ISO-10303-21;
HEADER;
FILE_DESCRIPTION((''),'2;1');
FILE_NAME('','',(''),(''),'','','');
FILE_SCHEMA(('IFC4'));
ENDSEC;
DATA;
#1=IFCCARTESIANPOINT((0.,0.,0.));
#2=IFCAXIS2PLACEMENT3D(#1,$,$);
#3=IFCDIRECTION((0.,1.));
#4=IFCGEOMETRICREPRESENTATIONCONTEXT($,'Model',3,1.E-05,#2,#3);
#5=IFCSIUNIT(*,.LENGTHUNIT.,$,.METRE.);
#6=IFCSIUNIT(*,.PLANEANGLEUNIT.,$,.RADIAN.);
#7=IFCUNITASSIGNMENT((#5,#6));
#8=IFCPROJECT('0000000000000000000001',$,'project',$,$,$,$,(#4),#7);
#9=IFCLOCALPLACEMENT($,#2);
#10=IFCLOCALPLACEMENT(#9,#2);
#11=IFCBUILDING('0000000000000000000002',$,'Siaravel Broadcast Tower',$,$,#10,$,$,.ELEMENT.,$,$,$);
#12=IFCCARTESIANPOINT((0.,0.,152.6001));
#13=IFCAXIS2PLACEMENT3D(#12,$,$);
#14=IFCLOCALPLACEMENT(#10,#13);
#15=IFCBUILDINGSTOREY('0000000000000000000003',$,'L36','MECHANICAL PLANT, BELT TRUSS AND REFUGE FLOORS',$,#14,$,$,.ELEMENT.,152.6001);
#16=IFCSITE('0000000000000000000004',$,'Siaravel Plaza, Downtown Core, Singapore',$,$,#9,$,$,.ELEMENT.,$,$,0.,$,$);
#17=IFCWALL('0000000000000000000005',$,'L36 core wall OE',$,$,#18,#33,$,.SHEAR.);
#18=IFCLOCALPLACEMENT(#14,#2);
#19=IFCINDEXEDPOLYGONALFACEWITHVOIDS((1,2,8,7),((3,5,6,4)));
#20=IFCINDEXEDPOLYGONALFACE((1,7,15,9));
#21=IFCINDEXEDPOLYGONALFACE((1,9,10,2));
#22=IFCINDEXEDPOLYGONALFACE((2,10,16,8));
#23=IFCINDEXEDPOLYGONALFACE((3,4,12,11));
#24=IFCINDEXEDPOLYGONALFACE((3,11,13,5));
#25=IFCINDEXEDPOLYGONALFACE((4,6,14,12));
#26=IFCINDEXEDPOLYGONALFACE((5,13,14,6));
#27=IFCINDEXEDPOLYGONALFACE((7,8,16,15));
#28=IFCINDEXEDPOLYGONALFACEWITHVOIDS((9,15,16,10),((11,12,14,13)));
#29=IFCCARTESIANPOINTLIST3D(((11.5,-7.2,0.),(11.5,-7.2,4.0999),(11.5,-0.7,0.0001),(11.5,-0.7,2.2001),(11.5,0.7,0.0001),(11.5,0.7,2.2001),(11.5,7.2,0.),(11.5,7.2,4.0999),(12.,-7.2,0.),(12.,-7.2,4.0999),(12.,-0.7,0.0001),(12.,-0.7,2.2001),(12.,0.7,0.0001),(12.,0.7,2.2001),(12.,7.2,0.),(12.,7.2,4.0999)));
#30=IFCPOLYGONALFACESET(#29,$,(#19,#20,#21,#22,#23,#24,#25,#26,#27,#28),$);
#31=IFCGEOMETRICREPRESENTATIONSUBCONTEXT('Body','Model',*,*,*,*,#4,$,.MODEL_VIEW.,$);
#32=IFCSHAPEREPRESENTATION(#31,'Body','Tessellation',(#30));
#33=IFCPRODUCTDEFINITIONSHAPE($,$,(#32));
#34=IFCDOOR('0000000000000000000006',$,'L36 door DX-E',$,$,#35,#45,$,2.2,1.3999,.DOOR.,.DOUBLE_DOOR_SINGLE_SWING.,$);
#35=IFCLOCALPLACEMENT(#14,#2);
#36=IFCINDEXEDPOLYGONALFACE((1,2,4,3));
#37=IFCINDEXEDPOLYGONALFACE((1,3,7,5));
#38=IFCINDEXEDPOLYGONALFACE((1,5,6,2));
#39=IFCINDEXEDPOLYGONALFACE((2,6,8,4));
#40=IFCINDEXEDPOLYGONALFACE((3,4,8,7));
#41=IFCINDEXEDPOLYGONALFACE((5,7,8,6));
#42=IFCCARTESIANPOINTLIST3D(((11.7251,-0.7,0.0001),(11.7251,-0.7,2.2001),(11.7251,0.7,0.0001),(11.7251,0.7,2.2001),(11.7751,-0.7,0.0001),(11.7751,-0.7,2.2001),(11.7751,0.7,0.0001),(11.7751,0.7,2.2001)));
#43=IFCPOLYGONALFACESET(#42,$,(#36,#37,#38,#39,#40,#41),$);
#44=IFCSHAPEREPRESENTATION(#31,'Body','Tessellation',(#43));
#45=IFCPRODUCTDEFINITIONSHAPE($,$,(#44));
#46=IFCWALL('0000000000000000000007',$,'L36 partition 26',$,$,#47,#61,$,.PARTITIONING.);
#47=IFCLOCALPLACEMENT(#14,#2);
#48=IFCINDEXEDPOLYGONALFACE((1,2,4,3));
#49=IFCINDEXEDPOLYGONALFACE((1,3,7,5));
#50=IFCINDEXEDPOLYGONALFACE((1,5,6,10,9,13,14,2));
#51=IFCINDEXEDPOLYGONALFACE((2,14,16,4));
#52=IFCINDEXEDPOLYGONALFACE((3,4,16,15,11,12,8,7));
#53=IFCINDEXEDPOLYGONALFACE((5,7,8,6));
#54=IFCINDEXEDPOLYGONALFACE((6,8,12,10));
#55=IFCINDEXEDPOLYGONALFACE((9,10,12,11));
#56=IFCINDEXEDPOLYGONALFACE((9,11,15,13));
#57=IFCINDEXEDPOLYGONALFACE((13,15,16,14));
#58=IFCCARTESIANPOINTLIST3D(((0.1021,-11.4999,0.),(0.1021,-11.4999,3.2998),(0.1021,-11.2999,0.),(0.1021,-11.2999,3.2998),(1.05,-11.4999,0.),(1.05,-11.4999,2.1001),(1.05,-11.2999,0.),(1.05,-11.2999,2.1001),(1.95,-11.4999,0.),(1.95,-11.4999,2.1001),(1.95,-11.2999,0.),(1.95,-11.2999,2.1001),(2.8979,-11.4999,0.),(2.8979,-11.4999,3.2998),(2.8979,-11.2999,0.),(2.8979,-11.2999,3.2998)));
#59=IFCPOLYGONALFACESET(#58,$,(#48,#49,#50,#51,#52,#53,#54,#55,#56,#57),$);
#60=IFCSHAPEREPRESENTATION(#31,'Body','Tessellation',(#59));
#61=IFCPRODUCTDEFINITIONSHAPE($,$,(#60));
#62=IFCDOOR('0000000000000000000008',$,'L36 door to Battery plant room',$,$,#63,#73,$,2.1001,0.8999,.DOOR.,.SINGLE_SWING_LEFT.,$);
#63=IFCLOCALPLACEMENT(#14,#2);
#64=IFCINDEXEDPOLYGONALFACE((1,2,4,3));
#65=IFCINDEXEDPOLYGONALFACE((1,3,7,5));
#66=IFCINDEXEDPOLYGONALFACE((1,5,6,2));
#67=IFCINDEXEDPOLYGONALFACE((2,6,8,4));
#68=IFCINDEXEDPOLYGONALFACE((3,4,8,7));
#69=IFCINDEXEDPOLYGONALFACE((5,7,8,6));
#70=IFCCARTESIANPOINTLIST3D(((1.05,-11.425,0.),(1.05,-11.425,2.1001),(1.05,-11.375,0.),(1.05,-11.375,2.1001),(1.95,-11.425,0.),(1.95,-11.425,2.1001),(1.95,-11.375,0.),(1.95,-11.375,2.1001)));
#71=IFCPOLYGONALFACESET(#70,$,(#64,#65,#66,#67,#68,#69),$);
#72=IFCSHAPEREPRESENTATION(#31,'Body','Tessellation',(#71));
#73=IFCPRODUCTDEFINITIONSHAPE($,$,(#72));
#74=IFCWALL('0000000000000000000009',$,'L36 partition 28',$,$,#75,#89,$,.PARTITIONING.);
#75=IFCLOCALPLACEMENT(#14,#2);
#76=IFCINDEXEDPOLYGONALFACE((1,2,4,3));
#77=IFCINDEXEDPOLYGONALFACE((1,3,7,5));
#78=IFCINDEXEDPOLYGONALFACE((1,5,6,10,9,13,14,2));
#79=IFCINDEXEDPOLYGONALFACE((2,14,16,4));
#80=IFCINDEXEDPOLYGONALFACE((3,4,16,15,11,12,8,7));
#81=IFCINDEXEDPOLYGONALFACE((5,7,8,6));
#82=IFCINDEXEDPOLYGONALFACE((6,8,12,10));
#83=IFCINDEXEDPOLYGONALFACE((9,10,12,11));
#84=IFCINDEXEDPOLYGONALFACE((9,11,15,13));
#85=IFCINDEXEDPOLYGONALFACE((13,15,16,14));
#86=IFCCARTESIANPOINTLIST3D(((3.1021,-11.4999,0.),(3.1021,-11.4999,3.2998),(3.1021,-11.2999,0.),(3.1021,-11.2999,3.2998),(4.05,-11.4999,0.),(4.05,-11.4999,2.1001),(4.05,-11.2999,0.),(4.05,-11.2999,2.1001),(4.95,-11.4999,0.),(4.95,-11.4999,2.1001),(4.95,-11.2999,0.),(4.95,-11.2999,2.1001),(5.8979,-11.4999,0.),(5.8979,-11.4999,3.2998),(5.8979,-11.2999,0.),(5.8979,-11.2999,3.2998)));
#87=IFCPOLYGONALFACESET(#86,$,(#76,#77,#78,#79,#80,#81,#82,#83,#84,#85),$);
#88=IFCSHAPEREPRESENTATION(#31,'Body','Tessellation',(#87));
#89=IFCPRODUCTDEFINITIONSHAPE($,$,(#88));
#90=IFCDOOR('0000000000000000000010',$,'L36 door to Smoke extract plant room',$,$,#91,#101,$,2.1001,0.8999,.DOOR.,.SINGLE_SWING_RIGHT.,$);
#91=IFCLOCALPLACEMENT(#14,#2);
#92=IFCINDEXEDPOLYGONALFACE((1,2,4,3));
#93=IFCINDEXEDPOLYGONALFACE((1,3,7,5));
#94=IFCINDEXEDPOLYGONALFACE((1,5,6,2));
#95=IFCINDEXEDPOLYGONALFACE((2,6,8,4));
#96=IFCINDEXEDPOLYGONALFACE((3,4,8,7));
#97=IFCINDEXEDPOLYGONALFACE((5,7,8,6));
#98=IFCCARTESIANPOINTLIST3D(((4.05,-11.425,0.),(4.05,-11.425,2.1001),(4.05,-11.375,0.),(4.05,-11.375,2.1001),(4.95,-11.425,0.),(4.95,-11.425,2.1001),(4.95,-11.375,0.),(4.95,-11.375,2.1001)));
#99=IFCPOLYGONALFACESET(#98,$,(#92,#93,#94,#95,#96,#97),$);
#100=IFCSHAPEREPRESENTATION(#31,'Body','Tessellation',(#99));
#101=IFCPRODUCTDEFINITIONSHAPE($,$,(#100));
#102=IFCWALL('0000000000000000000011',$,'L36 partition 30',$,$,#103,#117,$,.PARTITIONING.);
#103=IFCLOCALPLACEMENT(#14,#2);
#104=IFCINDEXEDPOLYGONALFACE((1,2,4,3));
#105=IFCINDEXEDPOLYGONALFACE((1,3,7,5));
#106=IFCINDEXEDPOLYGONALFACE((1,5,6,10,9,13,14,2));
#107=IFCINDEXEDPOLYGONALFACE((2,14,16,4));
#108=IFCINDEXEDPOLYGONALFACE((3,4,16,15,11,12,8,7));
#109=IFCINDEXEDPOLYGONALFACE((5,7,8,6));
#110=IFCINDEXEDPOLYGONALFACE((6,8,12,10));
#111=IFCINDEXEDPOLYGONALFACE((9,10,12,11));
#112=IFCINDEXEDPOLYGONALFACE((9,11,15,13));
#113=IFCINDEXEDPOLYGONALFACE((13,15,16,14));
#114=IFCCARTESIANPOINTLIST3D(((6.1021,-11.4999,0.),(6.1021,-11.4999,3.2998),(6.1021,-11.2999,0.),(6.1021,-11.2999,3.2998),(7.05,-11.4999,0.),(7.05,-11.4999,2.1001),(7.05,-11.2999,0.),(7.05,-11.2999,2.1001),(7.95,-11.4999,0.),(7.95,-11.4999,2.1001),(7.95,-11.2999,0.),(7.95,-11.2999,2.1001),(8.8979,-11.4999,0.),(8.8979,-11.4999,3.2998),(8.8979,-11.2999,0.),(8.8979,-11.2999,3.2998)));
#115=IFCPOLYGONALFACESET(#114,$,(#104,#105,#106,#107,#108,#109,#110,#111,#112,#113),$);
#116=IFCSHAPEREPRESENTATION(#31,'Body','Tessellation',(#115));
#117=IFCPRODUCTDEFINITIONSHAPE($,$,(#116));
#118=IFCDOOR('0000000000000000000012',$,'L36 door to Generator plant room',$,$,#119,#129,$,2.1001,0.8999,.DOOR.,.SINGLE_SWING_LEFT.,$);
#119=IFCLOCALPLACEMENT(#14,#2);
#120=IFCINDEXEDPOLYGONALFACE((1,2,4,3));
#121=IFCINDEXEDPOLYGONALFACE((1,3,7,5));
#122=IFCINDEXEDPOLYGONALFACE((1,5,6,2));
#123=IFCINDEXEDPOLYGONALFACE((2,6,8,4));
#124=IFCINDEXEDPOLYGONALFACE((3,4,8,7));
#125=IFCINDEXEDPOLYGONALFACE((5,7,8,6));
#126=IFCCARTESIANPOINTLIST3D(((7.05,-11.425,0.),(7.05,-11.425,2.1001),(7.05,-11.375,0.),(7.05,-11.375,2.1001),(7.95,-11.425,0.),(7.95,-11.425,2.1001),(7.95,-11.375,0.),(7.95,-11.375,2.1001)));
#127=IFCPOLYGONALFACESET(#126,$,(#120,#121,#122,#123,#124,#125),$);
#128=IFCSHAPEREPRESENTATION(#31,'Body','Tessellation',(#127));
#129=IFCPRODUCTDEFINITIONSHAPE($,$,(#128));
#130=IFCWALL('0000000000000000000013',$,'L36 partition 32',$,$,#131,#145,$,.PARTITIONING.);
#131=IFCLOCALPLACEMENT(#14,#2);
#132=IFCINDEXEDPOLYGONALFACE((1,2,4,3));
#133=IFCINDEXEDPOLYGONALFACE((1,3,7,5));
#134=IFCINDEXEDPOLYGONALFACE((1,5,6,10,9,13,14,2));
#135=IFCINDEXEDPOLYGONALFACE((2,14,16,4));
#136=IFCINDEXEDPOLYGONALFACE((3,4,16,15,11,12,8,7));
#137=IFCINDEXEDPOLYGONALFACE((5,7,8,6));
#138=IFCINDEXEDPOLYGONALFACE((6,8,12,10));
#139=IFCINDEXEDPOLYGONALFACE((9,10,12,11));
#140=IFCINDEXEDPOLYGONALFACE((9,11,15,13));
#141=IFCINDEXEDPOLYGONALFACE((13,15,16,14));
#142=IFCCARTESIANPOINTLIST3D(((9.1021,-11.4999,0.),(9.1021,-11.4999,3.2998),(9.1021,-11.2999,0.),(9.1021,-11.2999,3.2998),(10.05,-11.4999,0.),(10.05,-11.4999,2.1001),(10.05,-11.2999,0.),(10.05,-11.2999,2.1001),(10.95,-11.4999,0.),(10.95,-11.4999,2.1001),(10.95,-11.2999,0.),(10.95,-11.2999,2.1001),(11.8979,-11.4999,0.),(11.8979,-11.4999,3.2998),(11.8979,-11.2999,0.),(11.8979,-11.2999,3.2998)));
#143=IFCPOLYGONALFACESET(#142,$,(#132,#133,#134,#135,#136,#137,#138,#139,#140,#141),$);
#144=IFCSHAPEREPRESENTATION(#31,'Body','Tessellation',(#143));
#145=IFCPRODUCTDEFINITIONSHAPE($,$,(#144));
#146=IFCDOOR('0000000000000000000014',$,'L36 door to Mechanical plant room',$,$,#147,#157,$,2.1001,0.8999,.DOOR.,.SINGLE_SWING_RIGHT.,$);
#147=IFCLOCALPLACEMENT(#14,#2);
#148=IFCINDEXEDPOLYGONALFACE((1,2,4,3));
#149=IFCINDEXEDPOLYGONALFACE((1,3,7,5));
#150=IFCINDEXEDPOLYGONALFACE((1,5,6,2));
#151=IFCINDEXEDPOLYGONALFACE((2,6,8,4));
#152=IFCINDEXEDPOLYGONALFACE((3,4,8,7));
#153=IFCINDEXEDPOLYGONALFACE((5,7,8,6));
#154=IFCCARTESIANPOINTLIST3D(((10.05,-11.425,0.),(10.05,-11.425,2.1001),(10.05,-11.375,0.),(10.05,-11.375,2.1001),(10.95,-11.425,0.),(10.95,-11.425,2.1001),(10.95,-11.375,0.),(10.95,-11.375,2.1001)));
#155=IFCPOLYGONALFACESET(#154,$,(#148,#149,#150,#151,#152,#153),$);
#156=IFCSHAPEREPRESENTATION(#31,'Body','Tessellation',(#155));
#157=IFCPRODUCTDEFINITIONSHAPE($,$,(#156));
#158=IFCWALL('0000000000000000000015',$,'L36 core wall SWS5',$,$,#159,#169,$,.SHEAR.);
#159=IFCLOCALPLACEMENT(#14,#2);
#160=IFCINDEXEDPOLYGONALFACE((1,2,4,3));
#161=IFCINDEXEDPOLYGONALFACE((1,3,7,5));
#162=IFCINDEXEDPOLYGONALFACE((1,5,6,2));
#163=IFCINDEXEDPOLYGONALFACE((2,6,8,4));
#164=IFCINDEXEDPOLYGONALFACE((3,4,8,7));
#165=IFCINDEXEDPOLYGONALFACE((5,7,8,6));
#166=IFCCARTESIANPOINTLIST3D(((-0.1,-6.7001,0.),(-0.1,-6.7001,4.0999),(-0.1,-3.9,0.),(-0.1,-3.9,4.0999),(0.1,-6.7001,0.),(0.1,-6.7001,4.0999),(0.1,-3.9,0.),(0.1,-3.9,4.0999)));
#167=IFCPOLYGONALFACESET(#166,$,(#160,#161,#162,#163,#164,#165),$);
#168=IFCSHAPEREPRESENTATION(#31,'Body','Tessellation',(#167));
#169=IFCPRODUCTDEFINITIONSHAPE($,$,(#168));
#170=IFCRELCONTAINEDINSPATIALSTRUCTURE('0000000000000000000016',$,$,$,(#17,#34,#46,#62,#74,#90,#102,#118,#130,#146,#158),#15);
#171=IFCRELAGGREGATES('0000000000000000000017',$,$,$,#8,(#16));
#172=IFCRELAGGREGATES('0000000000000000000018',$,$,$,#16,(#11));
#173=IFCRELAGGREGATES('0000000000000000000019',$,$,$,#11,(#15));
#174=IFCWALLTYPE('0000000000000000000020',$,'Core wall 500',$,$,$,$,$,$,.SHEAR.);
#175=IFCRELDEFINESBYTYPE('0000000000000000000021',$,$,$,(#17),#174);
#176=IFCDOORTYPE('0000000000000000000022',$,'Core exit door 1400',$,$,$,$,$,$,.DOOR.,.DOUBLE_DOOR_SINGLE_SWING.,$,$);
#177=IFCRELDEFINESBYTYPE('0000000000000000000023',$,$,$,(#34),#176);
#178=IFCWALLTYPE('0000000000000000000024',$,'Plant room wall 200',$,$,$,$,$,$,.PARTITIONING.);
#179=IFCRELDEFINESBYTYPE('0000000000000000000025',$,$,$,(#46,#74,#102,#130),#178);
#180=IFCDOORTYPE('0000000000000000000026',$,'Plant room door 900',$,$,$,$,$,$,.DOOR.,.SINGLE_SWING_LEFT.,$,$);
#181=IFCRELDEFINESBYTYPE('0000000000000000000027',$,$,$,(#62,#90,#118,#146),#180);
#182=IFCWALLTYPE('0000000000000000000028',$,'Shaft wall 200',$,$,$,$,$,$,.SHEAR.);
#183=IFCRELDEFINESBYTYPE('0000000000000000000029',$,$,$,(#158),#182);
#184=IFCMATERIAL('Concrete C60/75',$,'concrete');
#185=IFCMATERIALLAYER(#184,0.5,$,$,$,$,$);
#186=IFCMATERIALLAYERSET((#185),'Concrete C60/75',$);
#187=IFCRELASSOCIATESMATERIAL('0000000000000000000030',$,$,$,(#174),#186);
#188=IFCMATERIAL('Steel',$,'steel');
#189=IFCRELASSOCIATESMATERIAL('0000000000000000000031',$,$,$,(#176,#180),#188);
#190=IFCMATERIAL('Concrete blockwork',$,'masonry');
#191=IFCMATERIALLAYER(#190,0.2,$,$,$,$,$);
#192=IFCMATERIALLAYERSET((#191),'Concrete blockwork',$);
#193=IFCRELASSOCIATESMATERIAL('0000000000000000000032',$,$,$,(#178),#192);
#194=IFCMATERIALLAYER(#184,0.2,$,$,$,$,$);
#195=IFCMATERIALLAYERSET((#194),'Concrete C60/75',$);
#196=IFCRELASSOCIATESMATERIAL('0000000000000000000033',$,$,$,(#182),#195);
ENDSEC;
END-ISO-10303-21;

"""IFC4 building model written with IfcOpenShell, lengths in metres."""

from ifc_helpers import new_model, si_unit, direction, frame, frame_2d, origin, place, context, subcontext, project, spatial, rectangle, extrude, material, layer, layer_set, type_object, element, fill, save


model = new_model("IFC4")

# Units and contexts
model_context = context("Model", 3, precision=1e-05, world=origin(), true_north=direction((0.0, 1.0)))
body_context = subcontext(model_context, "Body", "Model", "MODEL_VIEW")
ifc_project = project(units=[si_unit("LENGTHUNIT", "METRE"), si_unit("PLANEANGLEUNIT", "RADIAN")], contexts=[model_context])

# Site, building, storey
site_placement = place(None, origin())
site = spatial("IfcSite", under=ifc_project, at=site_placement, Name="Siaravel Plaza, Downtown Core, Singapore", CompositionType="ELEMENT", RefElevation=0.0)
building_placement = place(site_placement, origin())
building = spatial("IfcBuilding", under=site, at=building_placement, Name="Siaravel Broadcast Tower", CompositionType="ELEMENT")
storey_placement = place(building_placement, frame((0.0, 0.0, 152.6001)))
storey = spatial("IfcBuildingStorey", under=building, at=storey_placement, Name="L36", Description="MECHANICAL PLANT, BELT TRUSS AND REFUGE FLOORS", CompositionType="ELEMENT", Elevation=152.6001)

# Shared definitions
ifc_material_1 = material(Name="Concrete C60/75", Category="concrete")

# Walls, openings, doors
ifc_layer_1 = layer(ifc_material_1, 0.5)
ifc_layer_set_1 = layer_set([ifc_layer_1], Name="Concrete C60/75")
wall_type_1 = type_object("IfcWallType", Name="Core wall 500", PredefinedType="SHEAR", material=ifc_layer_set_1)
wall_1_placement = place(storey_placement, frame((11.75, -7.2, 0.0), z_axis=(0.0, 0.0, 1.0), x_axis=(0.0, 1.0, 0.0)))
wall_1 = element("IfcWall", 1, at=wall_1_placement, inside=storey, type_object=wall_type_1, Name="L36 core wall OE", PredefinedType="SHEAR", context=body_context, shape_type="SweptSolid", body=[
    extrude(rectangle(XDim=14.3999, YDim=0.5, at=frame_2d((7.2, 0.0))), origin(), (0.0, 0.0, 1.0), 4.0999),
])
opening_1_placement = place(wall_1_placement, frame((6.5, 0.0, 0.0)))
opening_1 = element("IfcOpeningElement", 2, at=opening_1_placement, cuts=wall_1, PredefinedType="OPENING", context=body_context, shape_type="SweptSolid", body=[
    extrude(rectangle(XDim=1.3999, YDim=2.2, at=frame_2d((0.7, 1.1001))), frame((0.0, 0.26, 0.0), z_axis=(0.0, -1.0, 0.0), x_axis=(1.0, 0.0, 0.0)), (0.0, 0.0, 1.0), 0.52),
])
ifc_material_2 = material(Name="Steel", Category="steel")
door_type_1 = type_object("IfcDoorType", Name="Core exit door 1400", OperationType="DOUBLE_DOOR_SINGLE_SWING", PredefinedType="DOOR", material=ifc_material_2)
door_1_placement = place(opening_1_placement, origin())
door_1 = element("IfcDoor", 3, at=door_1_placement, inside=storey, type_object=door_type_1, Name="L36 door DX-E", OperationType="DOUBLE_DOOR_SINGLE_SWING", OverallHeight=2.2, OverallWidth=1.3999, PredefinedType="DOOR", context=body_context, shape_type="SweptSolid", body=[
    extrude(rectangle(XDim=1.3999, YDim=2.2, at=frame_2d((0.7, 1.1001))), frame((0.0, 0.0249, 0.0), z_axis=(0.0, -1.0, 0.0), x_axis=(1.0, 0.0, 0.0)), (0.0, 0.0, 1.0), 0.05),
])
fill(opening_1, door_1)
ifc_material_3 = material(Name="Concrete blockwork", Category="masonry")
ifc_layer_2 = layer(ifc_material_3, 0.2)
ifc_layer_set_2 = layer_set([ifc_layer_2], Name="Concrete blockwork")
wall_type_2 = type_object("IfcWallType", Name="Plant room wall 200", PredefinedType="PARTITIONING", material=ifc_layer_set_2)
wall_2_placement = place(storey_placement, frame((0.1021, -11.3999, 0.0), z_axis=(0.0, 0.0, 1.0), x_axis=(1.0, 0.0, 0.0)))
wall_2 = element("IfcWall", 4, at=wall_2_placement, inside=storey, type_object=wall_type_2, Name="L36 partition 26", PredefinedType="PARTITIONING", context=body_context, shape_type="SweptSolid", body=[
    extrude(rectangle(XDim=2.7959, YDim=0.2, at=frame_2d((1.3979, 0.0))), origin(), (0.0, 0.0, 1.0), 3.2998),
])
opening_2_placement = place(wall_2_placement, frame((0.948, 0.0, 0.0)))
opening_2 = element("IfcOpeningElement", 5, at=opening_2_placement, cuts=wall_2, PredefinedType="OPENING", context=body_context, shape_type="SweptSolid", body=[
    extrude(rectangle(XDim=0.8999, YDim=2.1001, at=frame_2d((0.45, 1.05))), frame((0.0, 0.1099, 0.0), z_axis=(0.0, -1.0, 0.0), x_axis=(1.0, 0.0, 0.0)), (0.0, 0.0, 1.0), 0.22),
])
door_type_2 = type_object("IfcDoorType", Name="Plant room door 900", OperationType="SINGLE_SWING_LEFT", PredefinedType="DOOR", material=ifc_material_2)
door_2_placement = place(opening_2_placement, origin())
door_2 = element("IfcDoor", 6, at=door_2_placement, inside=storey, type_object=door_type_2, Name="L36 door to Battery plant room", OperationType="SINGLE_SWING_LEFT", OverallHeight=2.1001, OverallWidth=0.8999, PredefinedType="DOOR", context=body_context, shape_type="SweptSolid", body=[
    extrude(rectangle(XDim=0.8999, YDim=2.1001, at=frame_2d((0.45, 1.05))), frame((0.0, 0.0249, 0.0), z_axis=(0.0, -1.0, 0.0), x_axis=(1.0, 0.0, 0.0)), (0.0, 0.0, 1.0), 0.05),
])
fill(opening_2, door_2)
wall_3_placement = place(storey_placement, frame((3.1021, -11.3999, 0.0), z_axis=(0.0, 0.0, 1.0), x_axis=(1.0, 0.0, 0.0)))
wall_3 = element("IfcWall", 7, at=wall_3_placement, inside=storey, type_object=wall_type_2, Name="L36 partition 28", PredefinedType="PARTITIONING", context=body_context, shape_type="SweptSolid", body=[
    extrude(rectangle(XDim=2.7959, YDim=0.2, at=frame_2d((1.3979, 0.0))), origin(), (0.0, 0.0, 1.0), 3.2998),
])
opening_3_placement = place(wall_3_placement, frame((0.948, 0.0, 0.0)))
opening_3 = element("IfcOpeningElement", 8, at=opening_3_placement, cuts=wall_3, PredefinedType="OPENING", context=body_context, shape_type="SweptSolid", body=[
    extrude(rectangle(XDim=0.8999, YDim=2.1001, at=frame_2d((0.45, 1.05))), frame((0.0, 0.1099, 0.0), z_axis=(0.0, -1.0, 0.0), x_axis=(1.0, 0.0, 0.0)), (0.0, 0.0, 1.0), 0.22),
])
door_3_placement = place(opening_3_placement, origin())
door_3 = element("IfcDoor", 9, at=door_3_placement, inside=storey, type_object=door_type_2, Name="L36 door to Smoke extract plant room", OperationType="SINGLE_SWING_RIGHT", OverallHeight=2.1001, OverallWidth=0.8999, PredefinedType="DOOR", context=body_context, shape_type="SweptSolid", body=[
    extrude(rectangle(XDim=0.8999, YDim=2.1001, at=frame_2d((0.45, 1.05))), frame((0.0, 0.0249, 0.0), z_axis=(0.0, -1.0, 0.0), x_axis=(1.0, 0.0, 0.0)), (0.0, 0.0, 1.0), 0.05),
])
fill(opening_3, door_3)
wall_4_placement = place(storey_placement, frame((6.1021, -11.3999, 0.0), z_axis=(0.0, 0.0, 1.0), x_axis=(1.0, 0.0, 0.0)))
wall_4 = element("IfcWall", 10, at=wall_4_placement, inside=storey, type_object=wall_type_2, Name="L36 partition 30", PredefinedType="PARTITIONING", context=body_context, shape_type="SweptSolid", body=[
    extrude(rectangle(XDim=2.7959, YDim=0.2, at=frame_2d((1.3979, 0.0))), origin(), (0.0, 0.0, 1.0), 3.2998),
])
opening_4_placement = place(wall_4_placement, frame((0.948, 0.0, 0.0)))
opening_4 = element("IfcOpeningElement", 11, at=opening_4_placement, cuts=wall_4, PredefinedType="OPENING", context=body_context, shape_type="SweptSolid", body=[
    extrude(rectangle(XDim=0.8999, YDim=2.1001, at=frame_2d((0.45, 1.05))), frame((0.0, 0.1099, 0.0), z_axis=(0.0, -1.0, 0.0), x_axis=(1.0, 0.0, 0.0)), (0.0, 0.0, 1.0), 0.22),
])
door_4_placement = place(opening_4_placement, origin())
door_4 = element("IfcDoor", 12, at=door_4_placement, inside=storey, type_object=door_type_2, Name="L36 door to Generator plant room", OperationType="SINGLE_SWING_LEFT", OverallHeight=2.1001, OverallWidth=0.8999, PredefinedType="DOOR", context=body_context, shape_type="SweptSolid", body=[
    extrude(rectangle(XDim=0.8999, YDim=2.1001, at=frame_2d((0.45, 1.05))), frame((0.0, 0.0249, 0.0), z_axis=(0.0, -1.0, 0.0), x_axis=(1.0, 0.0, 0.0)), (0.0, 0.0, 1.0), 0.05),
])
fill(opening_4, door_4)
wall_5_placement = place(storey_placement, frame((9.1021, -11.3999, 0.0), z_axis=(0.0, 0.0, 1.0), x_axis=(1.0, 0.0, 0.0)))
wall_5 = element("IfcWall", 13, at=wall_5_placement, inside=storey, type_object=wall_type_2, Name="L36 partition 32", PredefinedType="PARTITIONING", context=body_context, shape_type="SweptSolid", body=[
    extrude(rectangle(XDim=2.7959, YDim=0.2, at=frame_2d((1.3979, 0.0))), origin(), (0.0, 0.0, 1.0), 3.2998),
])
opening_5_placement = place(wall_5_placement, frame((0.948, 0.0, 0.0)))
opening_5 = element("IfcOpeningElement", 14, at=opening_5_placement, cuts=wall_5, PredefinedType="OPENING", context=body_context, shape_type="SweptSolid", body=[
    extrude(rectangle(XDim=0.8999, YDim=2.1001, at=frame_2d((0.45, 1.05))), frame((0.0, 0.1099, 0.0), z_axis=(0.0, -1.0, 0.0), x_axis=(1.0, 0.0, 0.0)), (0.0, 0.0, 1.0), 0.22),
])
door_5_placement = place(opening_5_placement, origin())
door_5 = element("IfcDoor", 15, at=door_5_placement, inside=storey, type_object=door_type_2, Name="L36 door to Mechanical plant room", OperationType="SINGLE_SWING_RIGHT", OverallHeight=2.1001, OverallWidth=0.8999, PredefinedType="DOOR", context=body_context, shape_type="SweptSolid", body=[
    extrude(rectangle(XDim=0.8999, YDim=2.1001, at=frame_2d((0.45, 1.05))), frame((0.0, 0.0249, 0.0), z_axis=(0.0, -1.0, 0.0), x_axis=(1.0, 0.0, 0.0)), (0.0, 0.0, 1.0), 0.05),
])
fill(opening_5, door_5)

# Wall
ifc_layer_3 = layer(ifc_material_1, 0.2)
ifc_layer_set_3 = layer_set([ifc_layer_3], Name="Concrete C60/75")
wall_type_3 = type_object("IfcWallType", Name="Shaft wall 200", PredefinedType="SHEAR", material=ifc_layer_set_3)
for number, where, z_axis, x_axis, name in (
    (16, (0.0, -6.7, 0.0), (0.0, 0.0, 1.0), (0.0, 1.0, 0.0), "L36 core wall SWS5"),
):
    element("IfcWall", number, at=place(storey_placement, frame(where, z_axis=z_axis, x_axis=x_axis)), inside=storey, type_object=wall_type_3, Name=name, PredefinedType="SHEAR", context=body_context, shape_type="SweptSolid", body=[
        extrude(rectangle(XDim=2.8, YDim=0.2, at=frame_2d((1.3999, 0.0))), origin(), (0.0, 0.0, 1.0), 4.0999),
    ])

save(model, "model.ifc")
